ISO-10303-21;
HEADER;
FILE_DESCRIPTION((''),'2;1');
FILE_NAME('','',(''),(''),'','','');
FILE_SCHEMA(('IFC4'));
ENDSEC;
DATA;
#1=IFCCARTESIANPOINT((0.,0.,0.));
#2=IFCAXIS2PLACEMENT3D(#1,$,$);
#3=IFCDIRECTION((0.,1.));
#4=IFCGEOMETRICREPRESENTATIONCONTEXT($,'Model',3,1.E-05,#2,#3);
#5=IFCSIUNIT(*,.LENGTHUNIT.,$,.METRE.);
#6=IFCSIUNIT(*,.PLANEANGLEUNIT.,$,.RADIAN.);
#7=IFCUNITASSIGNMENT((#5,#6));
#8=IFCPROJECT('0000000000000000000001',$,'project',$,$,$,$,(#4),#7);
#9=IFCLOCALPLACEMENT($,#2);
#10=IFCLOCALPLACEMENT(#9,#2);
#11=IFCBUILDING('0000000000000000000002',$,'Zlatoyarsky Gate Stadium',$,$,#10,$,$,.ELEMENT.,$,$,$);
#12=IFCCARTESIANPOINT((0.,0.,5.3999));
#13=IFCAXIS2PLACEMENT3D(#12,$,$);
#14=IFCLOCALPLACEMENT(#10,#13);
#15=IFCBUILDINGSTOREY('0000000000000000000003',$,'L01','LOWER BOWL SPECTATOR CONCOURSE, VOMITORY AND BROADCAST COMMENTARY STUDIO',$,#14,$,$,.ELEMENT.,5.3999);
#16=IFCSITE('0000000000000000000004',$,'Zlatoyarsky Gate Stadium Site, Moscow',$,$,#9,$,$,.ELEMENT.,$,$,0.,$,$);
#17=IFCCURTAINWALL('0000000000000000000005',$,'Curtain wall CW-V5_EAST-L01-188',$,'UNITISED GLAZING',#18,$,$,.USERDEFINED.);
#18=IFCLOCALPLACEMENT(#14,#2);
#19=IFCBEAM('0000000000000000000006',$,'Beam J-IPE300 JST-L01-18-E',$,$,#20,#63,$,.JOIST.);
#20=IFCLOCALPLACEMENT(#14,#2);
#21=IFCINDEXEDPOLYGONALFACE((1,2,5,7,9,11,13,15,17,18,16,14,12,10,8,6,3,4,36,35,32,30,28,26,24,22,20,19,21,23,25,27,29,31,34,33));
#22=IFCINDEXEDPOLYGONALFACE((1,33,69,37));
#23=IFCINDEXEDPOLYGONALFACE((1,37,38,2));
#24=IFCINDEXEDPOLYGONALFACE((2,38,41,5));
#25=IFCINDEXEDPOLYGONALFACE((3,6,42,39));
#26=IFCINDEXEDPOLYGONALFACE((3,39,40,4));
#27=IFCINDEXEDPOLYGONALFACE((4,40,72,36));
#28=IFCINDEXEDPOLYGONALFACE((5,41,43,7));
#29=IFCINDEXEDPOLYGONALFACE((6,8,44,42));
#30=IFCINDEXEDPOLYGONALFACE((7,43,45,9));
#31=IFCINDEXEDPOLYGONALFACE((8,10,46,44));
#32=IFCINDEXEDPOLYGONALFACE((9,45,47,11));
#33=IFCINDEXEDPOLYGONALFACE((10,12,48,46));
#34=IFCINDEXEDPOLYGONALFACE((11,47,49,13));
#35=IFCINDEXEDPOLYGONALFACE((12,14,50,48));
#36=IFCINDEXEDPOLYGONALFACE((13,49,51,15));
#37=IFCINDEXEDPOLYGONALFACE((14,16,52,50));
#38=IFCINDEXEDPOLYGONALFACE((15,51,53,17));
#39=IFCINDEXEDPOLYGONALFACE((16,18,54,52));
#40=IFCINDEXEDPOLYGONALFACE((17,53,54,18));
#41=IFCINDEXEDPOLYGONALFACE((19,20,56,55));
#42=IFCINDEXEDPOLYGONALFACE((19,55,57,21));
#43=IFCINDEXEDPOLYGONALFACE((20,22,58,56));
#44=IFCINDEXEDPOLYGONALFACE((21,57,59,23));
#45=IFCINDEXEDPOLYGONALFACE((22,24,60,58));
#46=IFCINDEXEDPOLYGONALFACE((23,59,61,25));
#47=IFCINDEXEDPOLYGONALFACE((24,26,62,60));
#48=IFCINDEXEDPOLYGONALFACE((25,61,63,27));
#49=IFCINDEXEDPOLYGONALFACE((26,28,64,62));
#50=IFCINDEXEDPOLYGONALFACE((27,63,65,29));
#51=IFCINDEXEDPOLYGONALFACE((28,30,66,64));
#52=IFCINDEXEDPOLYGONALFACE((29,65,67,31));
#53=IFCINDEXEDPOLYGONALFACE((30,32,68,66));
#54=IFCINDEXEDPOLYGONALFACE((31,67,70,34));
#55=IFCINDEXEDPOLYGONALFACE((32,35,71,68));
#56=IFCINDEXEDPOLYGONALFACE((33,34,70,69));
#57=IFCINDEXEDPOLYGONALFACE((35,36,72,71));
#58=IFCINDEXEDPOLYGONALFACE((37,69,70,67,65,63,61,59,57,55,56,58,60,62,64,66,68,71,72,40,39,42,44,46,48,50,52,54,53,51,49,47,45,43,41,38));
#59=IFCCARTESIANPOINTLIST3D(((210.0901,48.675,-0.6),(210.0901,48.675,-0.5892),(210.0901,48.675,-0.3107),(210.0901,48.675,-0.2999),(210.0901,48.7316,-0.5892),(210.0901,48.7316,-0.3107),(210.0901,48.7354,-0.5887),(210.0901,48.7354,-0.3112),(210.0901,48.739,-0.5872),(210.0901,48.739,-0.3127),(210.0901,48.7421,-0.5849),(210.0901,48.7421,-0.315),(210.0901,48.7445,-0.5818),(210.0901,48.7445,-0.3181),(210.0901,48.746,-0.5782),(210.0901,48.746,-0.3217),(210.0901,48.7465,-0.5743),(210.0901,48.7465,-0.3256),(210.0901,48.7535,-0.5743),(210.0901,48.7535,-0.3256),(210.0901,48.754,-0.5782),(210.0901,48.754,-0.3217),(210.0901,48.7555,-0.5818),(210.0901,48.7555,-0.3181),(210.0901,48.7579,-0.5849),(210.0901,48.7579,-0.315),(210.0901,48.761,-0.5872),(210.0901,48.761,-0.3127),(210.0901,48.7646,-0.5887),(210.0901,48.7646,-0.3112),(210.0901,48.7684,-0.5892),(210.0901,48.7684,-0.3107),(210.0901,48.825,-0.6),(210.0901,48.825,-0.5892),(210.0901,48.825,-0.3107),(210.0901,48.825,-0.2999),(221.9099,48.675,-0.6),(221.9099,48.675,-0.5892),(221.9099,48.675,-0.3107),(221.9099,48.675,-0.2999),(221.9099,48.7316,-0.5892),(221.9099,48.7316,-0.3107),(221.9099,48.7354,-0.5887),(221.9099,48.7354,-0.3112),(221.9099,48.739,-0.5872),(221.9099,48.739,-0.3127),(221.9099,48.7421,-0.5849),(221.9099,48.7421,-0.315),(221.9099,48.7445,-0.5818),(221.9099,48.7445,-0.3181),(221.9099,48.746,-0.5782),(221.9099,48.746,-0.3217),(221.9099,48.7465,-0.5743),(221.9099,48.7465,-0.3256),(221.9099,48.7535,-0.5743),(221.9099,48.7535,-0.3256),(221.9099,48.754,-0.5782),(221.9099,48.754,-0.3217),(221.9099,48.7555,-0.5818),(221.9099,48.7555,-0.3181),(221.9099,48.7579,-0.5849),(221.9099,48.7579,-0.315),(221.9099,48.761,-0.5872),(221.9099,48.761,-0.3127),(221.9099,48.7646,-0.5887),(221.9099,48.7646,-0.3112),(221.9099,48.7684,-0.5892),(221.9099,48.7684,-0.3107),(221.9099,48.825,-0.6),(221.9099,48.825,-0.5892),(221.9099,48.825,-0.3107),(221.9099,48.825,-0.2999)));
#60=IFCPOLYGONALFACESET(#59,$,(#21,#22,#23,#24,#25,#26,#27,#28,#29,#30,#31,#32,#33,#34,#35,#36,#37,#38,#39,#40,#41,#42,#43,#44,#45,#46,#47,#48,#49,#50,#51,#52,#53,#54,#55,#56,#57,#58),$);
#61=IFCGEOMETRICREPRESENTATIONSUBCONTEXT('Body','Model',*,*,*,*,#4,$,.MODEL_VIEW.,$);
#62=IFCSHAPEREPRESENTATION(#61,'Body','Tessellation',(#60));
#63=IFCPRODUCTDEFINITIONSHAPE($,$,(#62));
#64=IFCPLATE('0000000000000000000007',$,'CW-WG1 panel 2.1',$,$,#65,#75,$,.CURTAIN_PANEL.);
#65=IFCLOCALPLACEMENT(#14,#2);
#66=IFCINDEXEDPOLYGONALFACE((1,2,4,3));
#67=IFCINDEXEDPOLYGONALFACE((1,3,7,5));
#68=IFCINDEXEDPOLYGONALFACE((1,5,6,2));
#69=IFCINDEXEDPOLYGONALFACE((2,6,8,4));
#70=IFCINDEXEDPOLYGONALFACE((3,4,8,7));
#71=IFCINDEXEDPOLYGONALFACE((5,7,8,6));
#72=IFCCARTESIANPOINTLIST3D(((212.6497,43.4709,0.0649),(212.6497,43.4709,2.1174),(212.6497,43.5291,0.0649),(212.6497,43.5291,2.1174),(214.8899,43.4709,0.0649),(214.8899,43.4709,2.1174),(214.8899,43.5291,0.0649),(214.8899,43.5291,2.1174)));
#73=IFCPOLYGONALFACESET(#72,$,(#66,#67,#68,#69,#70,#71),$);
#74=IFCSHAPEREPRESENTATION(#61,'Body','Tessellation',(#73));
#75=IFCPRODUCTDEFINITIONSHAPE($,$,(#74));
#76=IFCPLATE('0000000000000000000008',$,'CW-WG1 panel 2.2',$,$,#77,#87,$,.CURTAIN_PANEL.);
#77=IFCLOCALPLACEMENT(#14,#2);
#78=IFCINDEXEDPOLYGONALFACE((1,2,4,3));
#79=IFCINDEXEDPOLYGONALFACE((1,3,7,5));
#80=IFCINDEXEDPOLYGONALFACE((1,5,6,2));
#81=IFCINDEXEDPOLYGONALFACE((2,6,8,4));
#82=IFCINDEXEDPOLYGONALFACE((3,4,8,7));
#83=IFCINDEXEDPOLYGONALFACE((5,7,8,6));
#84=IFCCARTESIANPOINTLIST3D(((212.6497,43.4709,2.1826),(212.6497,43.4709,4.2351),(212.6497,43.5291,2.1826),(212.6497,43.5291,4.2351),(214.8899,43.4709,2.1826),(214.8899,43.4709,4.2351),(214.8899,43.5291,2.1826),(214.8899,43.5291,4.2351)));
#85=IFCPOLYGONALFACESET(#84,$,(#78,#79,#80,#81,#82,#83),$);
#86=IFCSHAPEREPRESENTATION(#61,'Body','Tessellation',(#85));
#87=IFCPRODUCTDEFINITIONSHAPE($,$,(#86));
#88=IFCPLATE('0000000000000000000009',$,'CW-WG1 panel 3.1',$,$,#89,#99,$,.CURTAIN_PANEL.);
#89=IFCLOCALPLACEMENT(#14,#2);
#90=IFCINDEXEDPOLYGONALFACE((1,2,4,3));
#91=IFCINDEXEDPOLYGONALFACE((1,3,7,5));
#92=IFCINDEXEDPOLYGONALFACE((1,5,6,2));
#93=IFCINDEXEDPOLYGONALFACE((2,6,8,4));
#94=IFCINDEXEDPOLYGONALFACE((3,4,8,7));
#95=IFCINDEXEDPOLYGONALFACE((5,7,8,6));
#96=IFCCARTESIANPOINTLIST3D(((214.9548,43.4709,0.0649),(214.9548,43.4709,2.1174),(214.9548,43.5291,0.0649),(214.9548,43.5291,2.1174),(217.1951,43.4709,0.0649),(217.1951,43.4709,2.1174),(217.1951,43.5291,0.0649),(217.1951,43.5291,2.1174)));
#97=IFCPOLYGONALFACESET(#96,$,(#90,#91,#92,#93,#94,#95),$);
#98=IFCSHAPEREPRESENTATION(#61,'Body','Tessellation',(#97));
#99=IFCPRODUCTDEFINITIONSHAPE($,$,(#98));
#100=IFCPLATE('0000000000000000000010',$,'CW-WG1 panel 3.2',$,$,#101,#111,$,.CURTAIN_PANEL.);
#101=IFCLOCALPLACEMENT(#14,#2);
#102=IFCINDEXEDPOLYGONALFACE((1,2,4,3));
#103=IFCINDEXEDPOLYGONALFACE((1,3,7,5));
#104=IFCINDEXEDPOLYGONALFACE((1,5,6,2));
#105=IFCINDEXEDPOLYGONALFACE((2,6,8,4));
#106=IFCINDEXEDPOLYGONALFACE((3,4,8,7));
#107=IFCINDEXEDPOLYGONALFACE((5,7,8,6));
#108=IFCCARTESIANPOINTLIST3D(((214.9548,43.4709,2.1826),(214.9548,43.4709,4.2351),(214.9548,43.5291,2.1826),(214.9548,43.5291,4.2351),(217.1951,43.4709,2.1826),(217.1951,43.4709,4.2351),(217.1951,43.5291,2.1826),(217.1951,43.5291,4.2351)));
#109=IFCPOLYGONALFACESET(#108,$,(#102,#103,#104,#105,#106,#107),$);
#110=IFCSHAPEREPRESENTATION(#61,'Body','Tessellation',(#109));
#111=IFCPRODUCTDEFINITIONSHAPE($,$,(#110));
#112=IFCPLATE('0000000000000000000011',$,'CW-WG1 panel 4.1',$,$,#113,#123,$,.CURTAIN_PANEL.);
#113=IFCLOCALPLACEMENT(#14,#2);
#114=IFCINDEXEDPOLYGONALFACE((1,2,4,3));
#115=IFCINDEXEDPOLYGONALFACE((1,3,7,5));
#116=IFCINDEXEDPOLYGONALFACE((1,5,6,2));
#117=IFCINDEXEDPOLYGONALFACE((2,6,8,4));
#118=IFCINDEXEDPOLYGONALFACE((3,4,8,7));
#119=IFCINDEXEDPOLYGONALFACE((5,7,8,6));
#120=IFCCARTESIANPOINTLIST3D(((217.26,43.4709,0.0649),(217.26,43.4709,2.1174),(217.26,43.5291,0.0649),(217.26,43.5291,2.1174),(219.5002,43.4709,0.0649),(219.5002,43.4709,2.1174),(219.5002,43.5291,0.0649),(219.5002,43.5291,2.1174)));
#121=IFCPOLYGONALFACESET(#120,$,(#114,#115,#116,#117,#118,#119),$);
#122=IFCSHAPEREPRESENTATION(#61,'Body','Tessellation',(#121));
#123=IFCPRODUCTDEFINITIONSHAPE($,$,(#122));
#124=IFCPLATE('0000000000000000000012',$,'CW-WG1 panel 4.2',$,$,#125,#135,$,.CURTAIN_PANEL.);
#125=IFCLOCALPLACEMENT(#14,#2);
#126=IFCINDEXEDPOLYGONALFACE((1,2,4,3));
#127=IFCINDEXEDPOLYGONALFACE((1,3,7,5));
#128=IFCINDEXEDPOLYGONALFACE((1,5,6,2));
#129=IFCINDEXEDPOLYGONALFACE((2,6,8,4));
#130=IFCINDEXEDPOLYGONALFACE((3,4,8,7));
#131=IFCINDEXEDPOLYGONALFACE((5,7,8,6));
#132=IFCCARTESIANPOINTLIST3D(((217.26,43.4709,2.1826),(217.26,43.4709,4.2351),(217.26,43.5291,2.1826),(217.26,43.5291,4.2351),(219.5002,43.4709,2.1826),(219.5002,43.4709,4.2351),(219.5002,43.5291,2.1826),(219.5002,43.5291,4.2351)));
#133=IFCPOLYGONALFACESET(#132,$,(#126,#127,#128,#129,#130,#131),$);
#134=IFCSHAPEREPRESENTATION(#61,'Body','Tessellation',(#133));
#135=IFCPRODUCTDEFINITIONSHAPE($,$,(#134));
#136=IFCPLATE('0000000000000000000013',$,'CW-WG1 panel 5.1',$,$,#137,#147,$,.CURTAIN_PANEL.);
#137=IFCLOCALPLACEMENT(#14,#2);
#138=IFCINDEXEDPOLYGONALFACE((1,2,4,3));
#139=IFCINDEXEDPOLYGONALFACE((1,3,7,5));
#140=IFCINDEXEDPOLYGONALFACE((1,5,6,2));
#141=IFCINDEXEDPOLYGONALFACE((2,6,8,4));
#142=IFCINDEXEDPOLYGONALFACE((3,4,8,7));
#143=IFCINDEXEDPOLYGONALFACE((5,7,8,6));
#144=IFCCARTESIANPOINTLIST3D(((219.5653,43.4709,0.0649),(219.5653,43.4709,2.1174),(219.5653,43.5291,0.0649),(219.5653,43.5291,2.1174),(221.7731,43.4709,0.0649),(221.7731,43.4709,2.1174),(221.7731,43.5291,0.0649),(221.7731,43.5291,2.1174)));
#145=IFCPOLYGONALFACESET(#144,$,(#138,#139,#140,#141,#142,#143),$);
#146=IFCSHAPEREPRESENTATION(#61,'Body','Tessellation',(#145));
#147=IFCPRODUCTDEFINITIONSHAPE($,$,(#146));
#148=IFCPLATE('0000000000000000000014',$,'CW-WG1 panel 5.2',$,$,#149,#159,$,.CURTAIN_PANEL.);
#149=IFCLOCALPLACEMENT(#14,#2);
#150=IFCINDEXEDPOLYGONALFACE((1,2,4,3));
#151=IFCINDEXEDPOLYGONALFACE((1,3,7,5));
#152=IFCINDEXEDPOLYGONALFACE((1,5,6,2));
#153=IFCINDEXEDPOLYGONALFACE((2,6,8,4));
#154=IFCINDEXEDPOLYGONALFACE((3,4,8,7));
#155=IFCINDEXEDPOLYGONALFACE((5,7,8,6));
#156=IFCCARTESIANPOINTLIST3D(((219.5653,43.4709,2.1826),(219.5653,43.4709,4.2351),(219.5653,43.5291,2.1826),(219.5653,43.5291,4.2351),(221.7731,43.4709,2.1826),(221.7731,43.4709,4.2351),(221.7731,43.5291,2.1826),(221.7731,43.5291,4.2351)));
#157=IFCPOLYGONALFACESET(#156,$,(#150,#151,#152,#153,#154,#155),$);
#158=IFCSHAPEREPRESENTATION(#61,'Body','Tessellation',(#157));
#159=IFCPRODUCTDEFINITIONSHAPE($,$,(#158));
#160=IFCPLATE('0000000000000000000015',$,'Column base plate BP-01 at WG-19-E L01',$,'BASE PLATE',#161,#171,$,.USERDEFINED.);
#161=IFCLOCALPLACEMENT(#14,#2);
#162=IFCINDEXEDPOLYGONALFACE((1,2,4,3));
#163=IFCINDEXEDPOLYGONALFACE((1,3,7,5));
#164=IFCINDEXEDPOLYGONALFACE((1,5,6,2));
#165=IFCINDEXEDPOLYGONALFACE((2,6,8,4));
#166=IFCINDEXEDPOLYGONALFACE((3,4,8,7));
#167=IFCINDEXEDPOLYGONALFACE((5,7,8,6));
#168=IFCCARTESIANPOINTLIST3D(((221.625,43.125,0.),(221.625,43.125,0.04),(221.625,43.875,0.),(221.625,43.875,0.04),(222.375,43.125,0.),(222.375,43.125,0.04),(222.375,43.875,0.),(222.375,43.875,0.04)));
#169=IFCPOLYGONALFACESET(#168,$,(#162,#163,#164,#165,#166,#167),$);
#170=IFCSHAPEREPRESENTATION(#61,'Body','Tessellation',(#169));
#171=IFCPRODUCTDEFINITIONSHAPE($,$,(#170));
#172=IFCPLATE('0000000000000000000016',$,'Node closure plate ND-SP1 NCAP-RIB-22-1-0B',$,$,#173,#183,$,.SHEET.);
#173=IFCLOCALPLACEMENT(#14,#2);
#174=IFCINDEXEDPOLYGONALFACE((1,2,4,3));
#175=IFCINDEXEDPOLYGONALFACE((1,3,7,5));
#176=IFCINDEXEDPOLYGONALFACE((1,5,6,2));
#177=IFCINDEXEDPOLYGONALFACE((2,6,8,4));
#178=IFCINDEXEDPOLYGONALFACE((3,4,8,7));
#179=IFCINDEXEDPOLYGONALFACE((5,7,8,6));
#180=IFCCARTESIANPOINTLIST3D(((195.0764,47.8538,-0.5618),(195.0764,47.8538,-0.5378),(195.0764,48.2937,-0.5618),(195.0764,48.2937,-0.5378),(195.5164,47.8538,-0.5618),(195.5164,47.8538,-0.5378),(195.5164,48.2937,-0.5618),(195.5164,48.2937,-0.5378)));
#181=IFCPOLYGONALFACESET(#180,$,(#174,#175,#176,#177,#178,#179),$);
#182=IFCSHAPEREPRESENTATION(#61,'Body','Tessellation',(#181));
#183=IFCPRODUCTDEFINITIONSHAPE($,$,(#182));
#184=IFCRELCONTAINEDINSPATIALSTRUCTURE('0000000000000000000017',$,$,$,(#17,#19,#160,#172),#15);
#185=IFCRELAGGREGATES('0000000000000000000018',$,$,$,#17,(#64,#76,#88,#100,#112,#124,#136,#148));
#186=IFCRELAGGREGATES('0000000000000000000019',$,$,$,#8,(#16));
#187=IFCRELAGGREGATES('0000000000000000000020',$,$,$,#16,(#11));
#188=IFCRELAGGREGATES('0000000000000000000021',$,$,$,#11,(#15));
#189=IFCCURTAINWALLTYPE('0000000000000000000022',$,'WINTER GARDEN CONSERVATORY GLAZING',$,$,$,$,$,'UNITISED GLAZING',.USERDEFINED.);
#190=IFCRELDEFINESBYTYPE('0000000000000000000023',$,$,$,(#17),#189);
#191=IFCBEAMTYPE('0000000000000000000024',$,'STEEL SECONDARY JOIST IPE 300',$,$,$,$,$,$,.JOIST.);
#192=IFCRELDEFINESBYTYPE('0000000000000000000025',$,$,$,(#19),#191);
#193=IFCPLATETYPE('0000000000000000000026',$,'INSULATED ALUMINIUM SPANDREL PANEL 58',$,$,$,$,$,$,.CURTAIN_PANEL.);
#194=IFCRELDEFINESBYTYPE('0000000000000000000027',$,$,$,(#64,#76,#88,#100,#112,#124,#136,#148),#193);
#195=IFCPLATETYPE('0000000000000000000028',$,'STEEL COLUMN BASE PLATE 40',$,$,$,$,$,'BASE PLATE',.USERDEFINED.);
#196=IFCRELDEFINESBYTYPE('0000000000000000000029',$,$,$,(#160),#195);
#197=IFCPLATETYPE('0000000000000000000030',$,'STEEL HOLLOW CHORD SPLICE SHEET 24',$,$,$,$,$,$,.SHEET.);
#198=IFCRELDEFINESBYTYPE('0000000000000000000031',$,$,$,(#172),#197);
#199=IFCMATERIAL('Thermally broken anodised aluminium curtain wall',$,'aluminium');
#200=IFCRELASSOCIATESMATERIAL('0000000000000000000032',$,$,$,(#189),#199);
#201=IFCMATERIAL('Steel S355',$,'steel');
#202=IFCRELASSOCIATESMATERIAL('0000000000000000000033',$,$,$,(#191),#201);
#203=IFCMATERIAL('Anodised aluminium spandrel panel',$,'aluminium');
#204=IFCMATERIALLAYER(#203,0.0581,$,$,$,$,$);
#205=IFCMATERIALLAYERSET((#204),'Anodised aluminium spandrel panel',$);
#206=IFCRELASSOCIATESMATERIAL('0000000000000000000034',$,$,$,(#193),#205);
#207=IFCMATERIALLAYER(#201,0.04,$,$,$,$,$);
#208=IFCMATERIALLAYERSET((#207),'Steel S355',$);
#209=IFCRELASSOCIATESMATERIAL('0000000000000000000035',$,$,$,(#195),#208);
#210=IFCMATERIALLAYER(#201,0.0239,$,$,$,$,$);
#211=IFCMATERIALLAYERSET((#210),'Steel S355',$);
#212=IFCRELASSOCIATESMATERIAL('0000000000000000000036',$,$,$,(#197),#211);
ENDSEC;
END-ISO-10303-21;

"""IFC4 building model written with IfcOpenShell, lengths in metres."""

from ifc_helpers import new_model, si_unit, direction, frame, origin, origin_2d, place, context, subcontext, project, spatial, rectangle, i_section, extrude, material, layer, layer_set, material_profile, profile_set, type_object, element, aggregate, save


model = new_model("IFC4")

# Units and contexts
model_context = context("Model", 3, precision=1e-05, world=origin(), true_north=direction((0.0, 1.0)))
body_context = subcontext(model_context, "Body", "Model", "MODEL_VIEW")
ifc_project = project(units=[si_unit("LENGTHUNIT", "METRE"), si_unit("PLANEANGLEUNIT", "RADIAN")], contexts=[model_context])

# Site, building, storey
site_placement = place(None, origin())
site = spatial("IfcSite", under=ifc_project, at=site_placement, Name="Zlatoyarsky Gate Stadium Site, Moscow", CompositionType="ELEMENT", RefElevation=0.0)
building_placement = place(site_placement, origin())
building = spatial("IfcBuilding", under=site, at=building_placement, Name="Zlatoyarsky Gate Stadium", CompositionType="ELEMENT")
storey_placement = place(building_placement, frame((0.0, 0.0, 5.3999)))
storey = spatial("IfcBuildingStorey", under=building, at=storey_placement, Name="L01", Description="LOWER BOWL SPECTATOR CONCOURSE, VOMITORY AND BROADCAST COMMENTARY STUDIO", CompositionType="ELEMENT", Elevation=5.3999)

# Shared definitions
ifc_material_1 = material(Name="Steel S355", Category="steel")

# Curtain wall
ifc_material_2 = material(Name="Thermally broken anodised aluminium curtain wall", Category="aluminium")
curtain_wall_type = type_object("IfcCurtainWallType", Name="WINTER GARDEN CONSERVATORY GLAZING", ElementType="UNITISED GLAZING", PredefinedType="USERDEFINED", material=ifc_material_2)
curtain_wall_placement = place(storey_placement, origin())
curtain_wall = element("IfcCurtainWall", 1, at=curtain_wall_placement, inside=storey, type_object=curtain_wall_type, Name="Curtain wall CW-V5_EAST-L01-188", ObjectType="UNITISED GLAZING", PredefinedType="USERDEFINED")

# Beam
ifc_material_profile_1 = material_profile(ifc_material_1, i_section(OverallWidth=0.1499, OverallDepth=0.3, WebThickness=0.0071, FlangeThickness=0.0107, FilletRadius=0.0149, at=origin_2d()), Name="IPE 300")
ifc_profile_set_1 = profile_set([ifc_material_profile_1], Name="Steel S355")
beam_type_1 = type_object("IfcBeamType", Name="STEEL SECONDARY JOIST IPE 300", PredefinedType="JOIST", material=ifc_profile_set_1)
beam_placement = place(storey_placement, frame((210.0901, 48.75, -0.45), z_axis=(1.0, 0.0, 0.0), x_axis=(0.0, 1.0, 0.0)))
element("IfcBeam", 2, at=beam_placement, inside=storey, type_object=beam_type_1, Name="Beam J-IPE300 JST-L01-18-E", PredefinedType="JOIST", context=body_context, shape_type="SweptSolid", body=[
    extrude(i_section(OverallWidth=0.1499, OverallDepth=0.3, WebThickness=0.0071, FlangeThickness=0.0107, FilletRadius=0.0149, at=origin_2d()), origin(), (0.0, 0.0, 1.0), 11.8198),
])

# Plates
ifc_material_3 = material(Name="Anodised aluminium spandrel panel", Category="aluminium")
ifc_layer_1 = layer(ifc_material_3, 0.0581)
ifc_layer_set_1 = layer_set([ifc_layer_1], Name="Anodised aluminium spandrel panel")
plate_type_1 = type_object("IfcPlateType", Name="INSULATED ALUMINIUM SPANDREL PANEL 58", PredefinedType="CURTAIN_PANEL", material=ifc_layer_set_1)
plate_1_placement = place(storey_placement, frame((213.7698, 43.5, 0.0649), z_axis=(0.0, 0.0, 1.0), x_axis=(1.0, 0.0, 0.0)))
plate_1 = element("IfcPlate", 3, at=plate_1_placement, type_object=plate_type_1, Name="CW-WG1 panel 2.1", PredefinedType="CURTAIN_PANEL", context=body_context, shape_type="SweptSolid", body=[
    extrude(rectangle(XDim=2.2402, YDim=0.0581, at=origin_2d()), origin(), (0.0, 0.0, 1.0), 2.0525),
])
plate_2_placement = place(storey_placement, frame((213.7698, 43.5, 2.1826), z_axis=(0.0, 0.0, 1.0), x_axis=(1.0, 0.0, 0.0)))
plate_2 = element("IfcPlate", 4, at=plate_2_placement, type_object=plate_type_1, Name="CW-WG1 panel 2.2", PredefinedType="CURTAIN_PANEL", context=body_context, shape_type="SweptSolid", body=[
    extrude(rectangle(XDim=2.2402, YDim=0.0581, at=origin_2d()), origin(), (0.0, 0.0, 1.0), 2.0525),
])
plate_3_placement = place(storey_placement, frame((216.075, 43.5, 0.0649), z_axis=(0.0, 0.0, 1.0), x_axis=(1.0, 0.0, 0.0)))
plate_3 = element("IfcPlate", 5, at=plate_3_placement, type_object=plate_type_1, Name="CW-WG1 panel 3.1", PredefinedType="CURTAIN_PANEL", context=body_context, shape_type="SweptSolid", body=[
    extrude(rectangle(XDim=2.2402, YDim=0.0581, at=origin_2d()), origin(), (0.0, 0.0, 1.0), 2.0525),
])
plate_4_placement = place(storey_placement, frame((216.075, 43.5, 2.1826), z_axis=(0.0, 0.0, 1.0), x_axis=(1.0, 0.0, 0.0)))
plate_4 = element("IfcPlate", 6, at=plate_4_placement, type_object=plate_type_1, Name="CW-WG1 panel 3.2", PredefinedType="CURTAIN_PANEL", context=body_context, shape_type="SweptSolid", body=[
    extrude(rectangle(XDim=2.2402, YDim=0.0581, at=origin_2d()), origin(), (0.0, 0.0, 1.0), 2.0525),
])
plate_5_placement = place(storey_placement, frame((218.3801, 43.5, 0.0649), z_axis=(0.0, 0.0, 1.0), x_axis=(1.0, 0.0, 0.0)))
plate_5 = element("IfcPlate", 7, at=plate_5_placement, type_object=plate_type_1, Name="CW-WG1 panel 4.1", PredefinedType="CURTAIN_PANEL", context=body_context, shape_type="SweptSolid", body=[
    extrude(rectangle(XDim=2.2402, YDim=0.0581, at=origin_2d()), origin(), (0.0, 0.0, 1.0), 2.0525),
])
plate_6_placement = place(storey_placement, frame((218.3801, 43.5, 2.1826), z_axis=(0.0, 0.0, 1.0), x_axis=(1.0, 0.0, 0.0)))
plate_6 = element("IfcPlate", 8, at=plate_6_placement, type_object=plate_type_1, Name="CW-WG1 panel 4.2", PredefinedType="CURTAIN_PANEL", context=body_context, shape_type="SweptSolid", body=[
    extrude(rectangle(XDim=2.2402, YDim=0.0581, at=origin_2d()), origin(), (0.0, 0.0, 1.0), 2.0525),
])
plate_7_placement = place(storey_placement, frame((220.6692, 43.5, 0.0649), z_axis=(0.0, 0.0, 1.0), x_axis=(1.0, 0.0, 0.0)))
plate_7 = element("IfcPlate", 9, at=plate_7_placement, type_object=plate_type_1, Name="CW-WG1 panel 5.1", PredefinedType="CURTAIN_PANEL", context=body_context, shape_type="SweptSolid", body=[
    extrude(rectangle(XDim=2.2078, YDim=0.0581, at=origin_2d()), origin(), (0.0, 0.0, 1.0), 2.0525),
])
plate_8_placement = place(storey_placement, frame((220.6692, 43.5, 2.1826), z_axis=(0.0, 0.0, 1.0), x_axis=(1.0, 0.0, 0.0)))
plate_8 = element("IfcPlate", 10, at=plate_8_placement, type_object=plate_type_1, Name="CW-WG1 panel 5.2", PredefinedType="CURTAIN_PANEL", context=body_context, shape_type="SweptSolid", body=[
    extrude(rectangle(XDim=2.2078, YDim=0.0581, at=origin_2d()), origin(), (0.0, 0.0, 1.0), 2.0525),
])
aggregate(curtain_wall, [plate_1, plate_2, plate_3, plate_4, plate_5, plate_6, plate_7, plate_8])

# Plates
ifc_layer_2 = layer(ifc_material_1, 0.04)
ifc_layer_set_2 = layer_set([ifc_layer_2], Name="Steel S355")
plate_type_2 = type_object("IfcPlateType", Name="STEEL COLUMN BASE PLATE 40", ElementType="BASE PLATE", PredefinedType="USERDEFINED", material=ifc_layer_set_2)
plate_9_placement = place(storey_placement, frame((222.0, 43.5, 0.0), z_axis=(0.0, 0.0, 1.0), x_axis=(1.0, 0.0, 0.0)))
element("IfcPlate", 11, at=plate_9_placement, inside=storey, type_object=plate_type_2, Name="Column base plate BP-01 at WG-19-E L01", ObjectType="BASE PLATE", PredefinedType="USERDEFINED", context=body_context, shape_type="SweptSolid", body=[
    extrude(rectangle(XDim=0.75, YDim=0.75, at=origin_2d()), origin(), (0.0, 0.0, 1.0), 0.04),
])
ifc_layer_3 = layer(ifc_material_1, 0.0239)
ifc_layer_set_3 = layer_set([ifc_layer_3], Name="Steel S355")
plate_type_3 = type_object("IfcPlateType", Name="STEEL HOLLOW CHORD SPLICE SHEET 24", PredefinedType="SHEET", material=ifc_layer_set_3)
plate_10_placement = place(storey_placement, frame((195.2964, 48.0737, -0.5618), z_axis=(0.0, 0.0, 1.0), x_axis=(1.0, 0.0, 0.0)))
element("IfcPlate", 12, at=plate_10_placement, inside=storey, type_object=plate_type_3, Name="Node closure plate ND-SP1 NCAP-RIB-22-1-0B", PredefinedType="SHEET", context=body_context, shape_type="SweptSolid", body=[
    extrude(rectangle(XDim=0.4399, YDim=0.4399, at=origin_2d()), origin(), (0.0, 0.0, 1.0), 0.0239),
])

save(model, "model.ifc")
